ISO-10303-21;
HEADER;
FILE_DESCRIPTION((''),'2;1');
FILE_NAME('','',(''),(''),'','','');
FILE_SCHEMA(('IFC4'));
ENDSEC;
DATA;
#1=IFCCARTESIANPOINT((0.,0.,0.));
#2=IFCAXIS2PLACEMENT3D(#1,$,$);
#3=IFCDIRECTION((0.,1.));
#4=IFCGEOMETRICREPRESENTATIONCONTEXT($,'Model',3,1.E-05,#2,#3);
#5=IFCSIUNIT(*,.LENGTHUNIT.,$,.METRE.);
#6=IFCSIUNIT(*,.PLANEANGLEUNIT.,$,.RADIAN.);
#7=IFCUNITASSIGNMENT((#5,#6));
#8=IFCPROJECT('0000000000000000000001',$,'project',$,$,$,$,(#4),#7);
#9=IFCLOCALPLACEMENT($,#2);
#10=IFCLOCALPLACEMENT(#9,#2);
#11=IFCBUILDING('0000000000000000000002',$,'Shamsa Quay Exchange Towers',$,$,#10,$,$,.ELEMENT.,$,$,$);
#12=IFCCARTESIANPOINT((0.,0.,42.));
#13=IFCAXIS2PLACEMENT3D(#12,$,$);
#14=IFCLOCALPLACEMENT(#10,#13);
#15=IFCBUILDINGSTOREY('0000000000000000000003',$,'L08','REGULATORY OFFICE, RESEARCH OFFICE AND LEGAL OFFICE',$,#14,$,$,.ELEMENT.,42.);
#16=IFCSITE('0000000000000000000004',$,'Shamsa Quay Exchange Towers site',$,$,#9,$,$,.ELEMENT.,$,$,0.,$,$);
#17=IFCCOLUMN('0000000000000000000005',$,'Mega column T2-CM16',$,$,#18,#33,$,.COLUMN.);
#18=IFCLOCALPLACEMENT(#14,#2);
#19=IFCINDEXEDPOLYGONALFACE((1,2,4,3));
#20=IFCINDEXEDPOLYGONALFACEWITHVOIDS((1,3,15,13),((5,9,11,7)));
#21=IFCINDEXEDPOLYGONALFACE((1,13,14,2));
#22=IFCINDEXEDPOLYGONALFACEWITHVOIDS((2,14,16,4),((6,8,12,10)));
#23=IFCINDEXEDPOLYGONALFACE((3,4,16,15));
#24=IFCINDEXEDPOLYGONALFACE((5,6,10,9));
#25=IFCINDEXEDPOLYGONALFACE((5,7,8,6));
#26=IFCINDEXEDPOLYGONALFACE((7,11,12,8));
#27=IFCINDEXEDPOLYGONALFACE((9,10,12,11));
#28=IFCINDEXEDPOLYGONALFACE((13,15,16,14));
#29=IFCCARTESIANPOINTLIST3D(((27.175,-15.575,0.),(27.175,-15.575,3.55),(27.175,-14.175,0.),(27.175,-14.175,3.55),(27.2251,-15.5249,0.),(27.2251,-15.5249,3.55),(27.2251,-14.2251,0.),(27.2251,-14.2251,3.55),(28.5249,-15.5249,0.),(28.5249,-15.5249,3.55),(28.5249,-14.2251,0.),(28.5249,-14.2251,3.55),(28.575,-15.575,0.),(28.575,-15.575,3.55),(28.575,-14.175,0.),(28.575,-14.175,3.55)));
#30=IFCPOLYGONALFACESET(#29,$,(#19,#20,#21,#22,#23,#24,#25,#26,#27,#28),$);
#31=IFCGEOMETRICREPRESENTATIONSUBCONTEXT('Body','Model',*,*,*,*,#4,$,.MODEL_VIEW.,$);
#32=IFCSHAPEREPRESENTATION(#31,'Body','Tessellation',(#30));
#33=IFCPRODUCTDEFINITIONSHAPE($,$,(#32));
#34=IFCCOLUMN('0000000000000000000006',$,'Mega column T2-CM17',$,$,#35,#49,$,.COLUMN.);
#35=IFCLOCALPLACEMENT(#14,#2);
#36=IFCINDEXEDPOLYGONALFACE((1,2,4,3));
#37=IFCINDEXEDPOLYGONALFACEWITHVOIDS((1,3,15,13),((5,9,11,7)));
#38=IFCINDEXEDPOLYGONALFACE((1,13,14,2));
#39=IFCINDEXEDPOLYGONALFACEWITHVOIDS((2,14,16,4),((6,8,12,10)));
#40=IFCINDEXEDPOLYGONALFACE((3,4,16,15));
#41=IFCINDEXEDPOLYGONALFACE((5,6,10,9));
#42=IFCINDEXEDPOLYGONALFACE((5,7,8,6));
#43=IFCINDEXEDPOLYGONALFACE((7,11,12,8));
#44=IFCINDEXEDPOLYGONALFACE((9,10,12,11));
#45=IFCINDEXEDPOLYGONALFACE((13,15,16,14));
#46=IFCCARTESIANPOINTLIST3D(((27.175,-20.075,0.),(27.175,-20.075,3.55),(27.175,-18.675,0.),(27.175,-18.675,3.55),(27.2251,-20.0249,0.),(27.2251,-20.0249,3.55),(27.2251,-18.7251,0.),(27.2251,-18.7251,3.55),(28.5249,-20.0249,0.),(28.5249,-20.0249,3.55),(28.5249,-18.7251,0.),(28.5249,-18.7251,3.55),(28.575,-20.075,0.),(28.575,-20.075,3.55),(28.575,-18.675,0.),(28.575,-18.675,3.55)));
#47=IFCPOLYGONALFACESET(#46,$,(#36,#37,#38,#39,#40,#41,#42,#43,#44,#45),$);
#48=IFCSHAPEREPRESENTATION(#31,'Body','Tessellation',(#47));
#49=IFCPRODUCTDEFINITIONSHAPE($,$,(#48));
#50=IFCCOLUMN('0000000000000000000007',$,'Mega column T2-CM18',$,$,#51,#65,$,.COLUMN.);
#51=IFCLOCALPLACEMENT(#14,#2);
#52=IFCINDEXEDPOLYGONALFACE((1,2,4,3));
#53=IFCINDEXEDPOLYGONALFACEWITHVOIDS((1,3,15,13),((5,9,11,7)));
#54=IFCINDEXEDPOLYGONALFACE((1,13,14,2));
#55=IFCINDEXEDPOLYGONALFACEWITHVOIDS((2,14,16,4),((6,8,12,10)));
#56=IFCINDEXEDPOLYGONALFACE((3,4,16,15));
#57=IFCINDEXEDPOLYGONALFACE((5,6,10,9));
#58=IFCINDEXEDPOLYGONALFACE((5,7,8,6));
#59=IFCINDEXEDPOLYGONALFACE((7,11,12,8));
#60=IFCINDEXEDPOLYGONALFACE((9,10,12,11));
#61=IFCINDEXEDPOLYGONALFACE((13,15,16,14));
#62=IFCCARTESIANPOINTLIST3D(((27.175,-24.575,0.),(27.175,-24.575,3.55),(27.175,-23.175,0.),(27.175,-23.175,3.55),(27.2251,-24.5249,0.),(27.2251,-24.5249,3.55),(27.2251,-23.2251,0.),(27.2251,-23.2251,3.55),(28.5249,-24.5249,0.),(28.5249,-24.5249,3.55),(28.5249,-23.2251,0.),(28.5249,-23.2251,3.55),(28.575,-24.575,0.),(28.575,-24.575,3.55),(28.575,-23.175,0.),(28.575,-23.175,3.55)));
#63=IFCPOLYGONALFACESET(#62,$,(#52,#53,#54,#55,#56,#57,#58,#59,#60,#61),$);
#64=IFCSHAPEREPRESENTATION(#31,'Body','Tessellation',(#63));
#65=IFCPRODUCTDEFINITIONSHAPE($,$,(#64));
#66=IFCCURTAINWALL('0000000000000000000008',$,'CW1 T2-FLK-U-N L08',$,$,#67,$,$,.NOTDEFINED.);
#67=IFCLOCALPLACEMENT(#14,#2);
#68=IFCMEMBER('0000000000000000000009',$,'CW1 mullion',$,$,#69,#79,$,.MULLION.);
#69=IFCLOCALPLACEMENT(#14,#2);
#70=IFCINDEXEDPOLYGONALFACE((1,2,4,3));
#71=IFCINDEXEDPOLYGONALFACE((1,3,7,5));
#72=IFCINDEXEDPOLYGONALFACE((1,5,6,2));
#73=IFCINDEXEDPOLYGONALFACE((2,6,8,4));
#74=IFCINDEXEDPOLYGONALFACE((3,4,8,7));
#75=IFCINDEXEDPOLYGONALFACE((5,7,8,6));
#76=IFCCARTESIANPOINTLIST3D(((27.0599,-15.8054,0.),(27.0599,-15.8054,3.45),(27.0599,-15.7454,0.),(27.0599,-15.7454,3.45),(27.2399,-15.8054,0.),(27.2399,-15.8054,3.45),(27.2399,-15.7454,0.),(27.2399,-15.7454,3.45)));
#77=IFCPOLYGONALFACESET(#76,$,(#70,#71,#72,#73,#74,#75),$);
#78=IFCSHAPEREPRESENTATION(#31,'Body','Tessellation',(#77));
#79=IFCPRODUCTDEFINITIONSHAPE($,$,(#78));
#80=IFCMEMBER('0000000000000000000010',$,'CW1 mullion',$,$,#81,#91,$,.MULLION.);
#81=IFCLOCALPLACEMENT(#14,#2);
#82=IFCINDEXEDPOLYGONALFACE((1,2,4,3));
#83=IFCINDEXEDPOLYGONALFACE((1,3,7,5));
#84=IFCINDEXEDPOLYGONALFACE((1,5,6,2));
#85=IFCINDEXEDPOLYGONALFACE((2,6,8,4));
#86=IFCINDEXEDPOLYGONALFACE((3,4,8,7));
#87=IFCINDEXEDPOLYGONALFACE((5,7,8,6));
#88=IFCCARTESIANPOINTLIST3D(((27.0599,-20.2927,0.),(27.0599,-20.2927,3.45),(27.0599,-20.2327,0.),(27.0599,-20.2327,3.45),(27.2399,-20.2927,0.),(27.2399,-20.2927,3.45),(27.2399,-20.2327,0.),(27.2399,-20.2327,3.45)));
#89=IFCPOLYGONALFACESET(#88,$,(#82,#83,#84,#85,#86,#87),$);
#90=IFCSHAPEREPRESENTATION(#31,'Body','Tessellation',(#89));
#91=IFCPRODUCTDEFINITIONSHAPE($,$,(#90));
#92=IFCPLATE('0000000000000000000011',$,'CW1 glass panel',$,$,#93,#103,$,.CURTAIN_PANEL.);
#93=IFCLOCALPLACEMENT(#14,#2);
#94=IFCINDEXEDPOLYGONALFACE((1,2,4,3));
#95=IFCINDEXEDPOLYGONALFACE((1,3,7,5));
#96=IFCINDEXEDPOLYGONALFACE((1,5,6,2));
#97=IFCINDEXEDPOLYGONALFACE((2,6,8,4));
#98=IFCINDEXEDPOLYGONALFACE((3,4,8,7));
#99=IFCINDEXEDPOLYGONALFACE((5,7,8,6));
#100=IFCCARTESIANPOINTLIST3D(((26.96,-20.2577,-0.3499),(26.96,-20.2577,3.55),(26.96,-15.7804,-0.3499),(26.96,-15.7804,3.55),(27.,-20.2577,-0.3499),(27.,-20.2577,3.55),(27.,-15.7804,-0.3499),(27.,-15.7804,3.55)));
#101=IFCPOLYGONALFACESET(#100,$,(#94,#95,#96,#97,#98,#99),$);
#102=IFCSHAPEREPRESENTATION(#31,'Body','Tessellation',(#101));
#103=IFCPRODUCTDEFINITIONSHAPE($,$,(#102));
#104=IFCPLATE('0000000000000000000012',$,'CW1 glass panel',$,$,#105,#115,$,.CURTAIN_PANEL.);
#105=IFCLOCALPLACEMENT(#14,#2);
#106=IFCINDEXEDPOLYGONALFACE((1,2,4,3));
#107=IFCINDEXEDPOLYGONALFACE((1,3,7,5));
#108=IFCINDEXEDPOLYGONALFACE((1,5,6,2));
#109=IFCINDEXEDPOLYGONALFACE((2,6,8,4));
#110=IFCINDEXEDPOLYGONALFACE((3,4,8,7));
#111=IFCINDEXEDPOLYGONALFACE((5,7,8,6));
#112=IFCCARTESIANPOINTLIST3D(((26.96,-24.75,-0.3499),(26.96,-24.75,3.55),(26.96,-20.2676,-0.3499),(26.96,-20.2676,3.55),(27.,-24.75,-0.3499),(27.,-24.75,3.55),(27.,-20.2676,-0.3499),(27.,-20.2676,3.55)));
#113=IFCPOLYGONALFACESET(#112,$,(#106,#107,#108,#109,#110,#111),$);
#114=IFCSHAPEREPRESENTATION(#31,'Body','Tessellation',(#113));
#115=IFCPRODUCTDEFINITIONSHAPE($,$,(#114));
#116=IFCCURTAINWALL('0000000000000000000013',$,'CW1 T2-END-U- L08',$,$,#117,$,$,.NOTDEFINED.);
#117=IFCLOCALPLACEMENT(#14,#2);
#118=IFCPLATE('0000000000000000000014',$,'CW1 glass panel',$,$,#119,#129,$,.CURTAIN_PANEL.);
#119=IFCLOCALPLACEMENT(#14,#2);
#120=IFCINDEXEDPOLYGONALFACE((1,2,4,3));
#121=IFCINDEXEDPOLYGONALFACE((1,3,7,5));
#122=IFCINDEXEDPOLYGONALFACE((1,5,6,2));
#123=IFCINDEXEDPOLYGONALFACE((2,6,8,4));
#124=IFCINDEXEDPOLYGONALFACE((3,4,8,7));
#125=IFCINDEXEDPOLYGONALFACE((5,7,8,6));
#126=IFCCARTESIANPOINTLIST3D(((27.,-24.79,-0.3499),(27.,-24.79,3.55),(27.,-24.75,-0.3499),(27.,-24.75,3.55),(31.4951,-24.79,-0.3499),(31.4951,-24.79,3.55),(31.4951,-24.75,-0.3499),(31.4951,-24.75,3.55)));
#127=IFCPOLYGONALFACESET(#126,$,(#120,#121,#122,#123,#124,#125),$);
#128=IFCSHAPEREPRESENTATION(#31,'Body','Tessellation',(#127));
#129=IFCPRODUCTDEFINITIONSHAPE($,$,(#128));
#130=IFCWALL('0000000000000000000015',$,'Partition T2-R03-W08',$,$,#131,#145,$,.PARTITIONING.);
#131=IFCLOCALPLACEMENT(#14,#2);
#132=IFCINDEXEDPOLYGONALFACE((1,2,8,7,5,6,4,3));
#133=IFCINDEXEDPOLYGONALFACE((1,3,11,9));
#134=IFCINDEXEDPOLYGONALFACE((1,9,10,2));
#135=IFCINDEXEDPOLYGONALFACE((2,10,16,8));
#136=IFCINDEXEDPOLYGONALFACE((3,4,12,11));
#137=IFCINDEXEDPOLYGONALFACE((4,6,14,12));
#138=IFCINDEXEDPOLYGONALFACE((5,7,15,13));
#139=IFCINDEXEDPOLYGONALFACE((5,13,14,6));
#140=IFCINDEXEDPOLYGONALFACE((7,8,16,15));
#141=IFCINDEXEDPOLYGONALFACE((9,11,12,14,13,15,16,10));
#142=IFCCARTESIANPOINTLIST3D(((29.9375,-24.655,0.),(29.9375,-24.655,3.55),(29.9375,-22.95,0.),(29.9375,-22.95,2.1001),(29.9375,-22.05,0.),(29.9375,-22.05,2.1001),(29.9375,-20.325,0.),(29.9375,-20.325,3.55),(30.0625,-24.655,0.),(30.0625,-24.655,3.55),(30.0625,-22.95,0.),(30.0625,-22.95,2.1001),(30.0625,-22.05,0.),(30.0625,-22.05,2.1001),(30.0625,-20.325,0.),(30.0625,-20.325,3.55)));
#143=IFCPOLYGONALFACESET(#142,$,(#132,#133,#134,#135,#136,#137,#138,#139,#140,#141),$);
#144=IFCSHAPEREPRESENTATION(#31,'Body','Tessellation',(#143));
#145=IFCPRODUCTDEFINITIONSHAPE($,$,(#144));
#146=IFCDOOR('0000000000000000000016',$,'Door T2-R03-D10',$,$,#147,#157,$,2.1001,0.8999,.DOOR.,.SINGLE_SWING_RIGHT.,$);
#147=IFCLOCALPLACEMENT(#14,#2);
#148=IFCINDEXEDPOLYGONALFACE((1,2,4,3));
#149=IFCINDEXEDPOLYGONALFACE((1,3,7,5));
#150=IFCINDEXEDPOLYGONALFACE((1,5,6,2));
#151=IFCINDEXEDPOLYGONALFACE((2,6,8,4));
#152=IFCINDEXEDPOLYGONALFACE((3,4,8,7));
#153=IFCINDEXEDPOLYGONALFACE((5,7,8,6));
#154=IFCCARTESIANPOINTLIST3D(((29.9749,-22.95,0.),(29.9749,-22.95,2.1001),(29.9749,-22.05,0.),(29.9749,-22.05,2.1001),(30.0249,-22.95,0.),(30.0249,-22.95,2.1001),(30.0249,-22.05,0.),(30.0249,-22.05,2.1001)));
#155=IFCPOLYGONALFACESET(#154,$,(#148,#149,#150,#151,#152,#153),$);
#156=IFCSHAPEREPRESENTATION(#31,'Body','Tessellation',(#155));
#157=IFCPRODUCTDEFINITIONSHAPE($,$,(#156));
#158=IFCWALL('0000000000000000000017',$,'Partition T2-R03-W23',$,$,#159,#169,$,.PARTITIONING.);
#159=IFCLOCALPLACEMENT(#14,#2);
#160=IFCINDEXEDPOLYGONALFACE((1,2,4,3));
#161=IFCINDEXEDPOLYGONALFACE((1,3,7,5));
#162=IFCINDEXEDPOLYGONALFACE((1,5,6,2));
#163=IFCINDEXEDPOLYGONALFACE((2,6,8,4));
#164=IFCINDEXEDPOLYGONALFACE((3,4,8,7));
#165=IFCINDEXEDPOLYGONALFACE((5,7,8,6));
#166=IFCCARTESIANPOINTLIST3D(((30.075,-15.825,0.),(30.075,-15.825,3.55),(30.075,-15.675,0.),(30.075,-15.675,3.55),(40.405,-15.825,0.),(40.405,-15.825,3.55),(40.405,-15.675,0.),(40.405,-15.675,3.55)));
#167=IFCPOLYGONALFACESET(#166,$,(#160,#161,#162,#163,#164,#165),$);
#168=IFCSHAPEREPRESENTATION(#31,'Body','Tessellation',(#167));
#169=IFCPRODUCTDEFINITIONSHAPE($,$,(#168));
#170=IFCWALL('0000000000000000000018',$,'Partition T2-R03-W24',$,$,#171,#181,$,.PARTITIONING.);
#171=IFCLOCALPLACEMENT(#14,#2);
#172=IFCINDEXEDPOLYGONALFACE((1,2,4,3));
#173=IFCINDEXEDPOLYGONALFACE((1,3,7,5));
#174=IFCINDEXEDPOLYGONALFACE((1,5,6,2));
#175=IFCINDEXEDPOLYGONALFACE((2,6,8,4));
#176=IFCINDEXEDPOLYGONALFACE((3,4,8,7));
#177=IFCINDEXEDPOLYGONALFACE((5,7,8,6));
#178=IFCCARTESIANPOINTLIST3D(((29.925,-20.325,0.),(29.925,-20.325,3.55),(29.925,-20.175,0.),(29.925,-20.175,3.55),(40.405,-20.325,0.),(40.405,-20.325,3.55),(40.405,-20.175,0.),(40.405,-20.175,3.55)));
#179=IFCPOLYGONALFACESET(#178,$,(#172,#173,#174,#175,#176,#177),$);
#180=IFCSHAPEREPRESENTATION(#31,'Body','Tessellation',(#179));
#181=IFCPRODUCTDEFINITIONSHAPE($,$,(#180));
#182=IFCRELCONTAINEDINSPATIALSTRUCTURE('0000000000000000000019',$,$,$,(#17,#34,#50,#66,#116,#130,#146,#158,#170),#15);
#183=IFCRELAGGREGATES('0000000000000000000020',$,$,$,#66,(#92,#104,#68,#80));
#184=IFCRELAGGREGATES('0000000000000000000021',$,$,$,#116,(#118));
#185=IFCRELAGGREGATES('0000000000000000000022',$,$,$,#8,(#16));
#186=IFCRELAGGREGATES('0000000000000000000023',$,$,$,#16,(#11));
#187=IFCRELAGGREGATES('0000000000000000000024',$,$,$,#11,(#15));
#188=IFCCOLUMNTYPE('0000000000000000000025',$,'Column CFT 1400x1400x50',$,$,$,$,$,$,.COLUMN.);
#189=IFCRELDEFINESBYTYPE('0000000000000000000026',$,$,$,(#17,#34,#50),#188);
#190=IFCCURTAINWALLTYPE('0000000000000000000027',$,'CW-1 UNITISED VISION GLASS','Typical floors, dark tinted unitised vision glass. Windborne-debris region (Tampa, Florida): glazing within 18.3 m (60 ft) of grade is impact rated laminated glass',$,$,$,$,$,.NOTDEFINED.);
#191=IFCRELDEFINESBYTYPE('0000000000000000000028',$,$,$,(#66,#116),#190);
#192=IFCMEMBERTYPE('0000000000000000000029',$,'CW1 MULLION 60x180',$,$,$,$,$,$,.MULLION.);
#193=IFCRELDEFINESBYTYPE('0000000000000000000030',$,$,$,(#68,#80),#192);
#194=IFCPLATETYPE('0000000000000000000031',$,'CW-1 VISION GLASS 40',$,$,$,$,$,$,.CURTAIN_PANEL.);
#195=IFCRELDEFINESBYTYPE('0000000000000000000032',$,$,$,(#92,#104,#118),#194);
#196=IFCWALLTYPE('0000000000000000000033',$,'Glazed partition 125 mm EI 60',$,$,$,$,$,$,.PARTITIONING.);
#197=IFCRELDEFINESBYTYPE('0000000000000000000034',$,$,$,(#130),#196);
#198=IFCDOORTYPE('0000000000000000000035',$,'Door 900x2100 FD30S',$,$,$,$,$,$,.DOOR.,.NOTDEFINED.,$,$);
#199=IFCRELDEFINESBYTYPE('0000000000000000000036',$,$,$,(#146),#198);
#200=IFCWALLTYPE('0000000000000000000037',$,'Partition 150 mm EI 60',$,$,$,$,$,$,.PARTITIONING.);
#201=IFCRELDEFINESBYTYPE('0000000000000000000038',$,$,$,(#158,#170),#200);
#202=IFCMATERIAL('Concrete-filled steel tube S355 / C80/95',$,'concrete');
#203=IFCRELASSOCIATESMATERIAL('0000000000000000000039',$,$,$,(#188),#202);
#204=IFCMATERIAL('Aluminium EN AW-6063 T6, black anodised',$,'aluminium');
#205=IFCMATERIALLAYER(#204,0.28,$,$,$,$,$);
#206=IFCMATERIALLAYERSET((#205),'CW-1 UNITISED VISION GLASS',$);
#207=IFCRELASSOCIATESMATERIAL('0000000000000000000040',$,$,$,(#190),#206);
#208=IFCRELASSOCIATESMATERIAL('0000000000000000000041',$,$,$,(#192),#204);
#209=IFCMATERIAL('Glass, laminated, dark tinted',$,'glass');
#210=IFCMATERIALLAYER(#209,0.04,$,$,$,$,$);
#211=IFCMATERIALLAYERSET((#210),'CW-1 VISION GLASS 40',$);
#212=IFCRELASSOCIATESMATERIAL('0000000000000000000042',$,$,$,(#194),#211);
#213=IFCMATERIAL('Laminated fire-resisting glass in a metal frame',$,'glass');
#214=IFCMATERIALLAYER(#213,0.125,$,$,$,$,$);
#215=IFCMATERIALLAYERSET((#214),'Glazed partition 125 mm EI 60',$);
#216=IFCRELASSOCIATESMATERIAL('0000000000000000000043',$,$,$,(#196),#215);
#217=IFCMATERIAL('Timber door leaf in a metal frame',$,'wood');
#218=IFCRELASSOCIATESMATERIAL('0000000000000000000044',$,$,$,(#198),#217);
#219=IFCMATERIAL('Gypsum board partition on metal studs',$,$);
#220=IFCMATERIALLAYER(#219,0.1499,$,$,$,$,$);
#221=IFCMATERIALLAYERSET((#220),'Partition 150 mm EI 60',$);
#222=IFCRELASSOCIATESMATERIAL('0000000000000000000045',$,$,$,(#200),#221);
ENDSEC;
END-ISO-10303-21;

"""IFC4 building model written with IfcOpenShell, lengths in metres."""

from ifc_helpers import new_model, si_unit, direction, frame, frame_2d, origin, origin_2d, place, context, subcontext, project, spatial, rectangle, hollow_rectangle, extrude, material, layer, layer_set, material_profile, profile_set, type_object, element, fill, aggregate, save


model = new_model("IFC4")

# Units and contexts
model_context = context("Model", 3, precision=1e-05, world=origin(), true_north=direction((0.0, 1.0)))
body_context = subcontext(model_context, "Body", "Model", "MODEL_VIEW")
ifc_project = project(units=[si_unit("LENGTHUNIT", "METRE"), si_unit("PLANEANGLEUNIT", "RADIAN")], contexts=[model_context])

# Site, building, storey
site_placement = place(None, origin())
site = spatial("IfcSite", under=ifc_project, at=site_placement, Name="Shamsa Quay Exchange Towers site", CompositionType="ELEMENT", RefElevation=0.0)
building_placement = place(site_placement, origin())
building = spatial("IfcBuilding", under=site, at=building_placement, Name="Shamsa Quay Exchange Towers", CompositionType="ELEMENT")
storey_placement = place(building_placement, frame((0.0, 0.0, 42.0)))
storey = spatial("IfcBuildingStorey", under=building, at=storey_placement, Name="L08", Description="REGULATORY OFFICE, RESEARCH OFFICE AND LEGAL OFFICE", CompositionType="ELEMENT", Elevation=42.0)

# Columns
ifc_material_1 = material(Name="Concrete-filled steel tube S355 / C80/95", Category="concrete")
ifc_material_profile_1 = material_profile(ifc_material_1, hollow_rectangle(XDim=1.3999, YDim=1.3999, WallThickness=0.05, at=origin_2d()), Name="CFT 1400x1400x50")
ifc_profile_set_1 = profile_set([ifc_material_profile_1], Name="Concrete-filled steel tube S355 / C80/95")
column_type = type_object("IfcColumnType", Name="Column CFT 1400x1400x50", PredefinedType="COLUMN", material=ifc_profile_set_1)
for number, where, name in (
    (1, (27.875, -14.875, 0.0), "Mega column T2-CM16"),
    (2, (27.875, -19.375, 0.0), "Mega column T2-CM17"),
    (3, (27.875, -23.875, 0.0), "Mega column T2-CM18"),
):
    element("IfcColumn", number, at=place(storey_placement, frame(where)), inside=storey, type_object=column_type, Name=name, PredefinedType="COLUMN", context=body_context, shape_type="SweptSolid", body=[
        extrude(hollow_rectangle(XDim=1.3999, YDim=1.3999, WallThickness=0.05, at=origin_2d()), origin(), (0.0, 0.0, 1.0), 3.55),
    ])

# Curtain wall, members, plates
ifc_material_2 = material(Name="Aluminium EN AW-6063 T6, black anodised", Category="aluminium")
ifc_layer_1 = layer(ifc_material_2, 0.28)
ifc_layer_set_1 = layer_set([ifc_layer_1], Name="CW-1 UNITISED VISION GLASS")
curtain_wall_type = type_object("IfcCurtainWallType", Name="CW-1 UNITISED VISION GLASS", Description="Typical floors, dark tinted unitised vision glass. Windborne-debris region (Tampa, Florida): glazing within 18.3 m (60 ft) of grade is impact rated laminated glass", PredefinedType="NOTDEFINED", material=ifc_layer_set_1)
curtain_wall_1_placement = place(storey_placement, origin())
curtain_wall_1 = element("IfcCurtainWall", 4, at=curtain_wall_1_placement, inside=storey, type_object=curtain_wall_type, Name="CW1 T2-FLK-U-N L08", PredefinedType="NOTDEFINED")
ifc_material_profile_2 = material_profile(ifc_material_2, rectangle(XDim=0.1799, YDim=0.0601, at=origin_2d()), Name="MU60x180")
ifc_profile_set_2 = profile_set([ifc_material_profile_2], Name="Aluminium EN AW-6063 T6, black anodised")
member_type = type_object("IfcMemberType", Name="CW1 MULLION 60x180", PredefinedType="MULLION", material=ifc_profile_set_2)
member_1_placement = place(storey_placement, frame((27.1499, -15.7754, 0.0)))
member_1 = element("IfcMember", 5, at=member_1_placement, type_object=member_type, Name="CW1 mullion", PredefinedType="MULLION", context=body_context, shape_type="SweptSolid", body=[
    extrude(rectangle(XDim=0.1799, YDim=0.0601, at=origin_2d()), origin(), (0.0, 0.0, 1.0), 3.45),
])
member_2_placement = place(storey_placement, frame((27.1499, -20.2627, 0.0)))
member_2 = element("IfcMember", 6, at=member_2_placement, type_object=member_type, Name="CW1 mullion", PredefinedType="MULLION", context=body_context, shape_type="SweptSolid", body=[
    extrude(rectangle(XDim=0.1799, YDim=0.0601, at=origin_2d()), origin(), (0.0, 0.0, 1.0), 3.45),
])
ifc_material_3 = material(Name="Glass, laminated, dark tinted", Category="glass")
ifc_layer_2 = layer(ifc_material_3, 0.04)
ifc_layer_set_2 = layer_set([ifc_layer_2], Name="CW-1 VISION GLASS 40")
plate_type = type_object("IfcPlateType", Name="CW-1 VISION GLASS 40", PredefinedType="CURTAIN_PANEL", material=ifc_layer_set_2)
plate_1_placement = place(storey_placement, frame((26.98, -18.019, -0.3499), z_axis=(0.0, 0.0, 1.0), x_axis=(0.0, -1.0, 0.0)))
plate_1 = element("IfcPlate", 7, at=plate_1_placement, type_object=plate_type, Name="CW1 glass panel", PredefinedType="CURTAIN_PANEL", context=body_context, shape_type="SweptSolid", body=[
    extrude(rectangle(XDim=4.4773, YDim=0.04, at=origin_2d()), origin(), (0.0, 0.0, 1.0), 3.8999),
])
plate_2_placement = place(storey_placement, frame((26.98, -22.5088, -0.3499), z_axis=(0.0, 0.0, 1.0), x_axis=(0.0, -1.0, 0.0)))
plate_2 = element("IfcPlate", 8, at=plate_2_placement, type_object=plate_type, Name="CW1 glass panel", PredefinedType="CURTAIN_PANEL", context=body_context, shape_type="SweptSolid", body=[
    extrude(rectangle(XDim=4.4824, YDim=0.04, at=origin_2d()), origin(), (0.0, 0.0, 1.0), 3.8999),
])
aggregate(curtain_wall_1, [plate_1, plate_2, member_1, member_2])

# Curtain wall, plate
curtain_wall_2_placement = place(storey_placement, origin())
curtain_wall_2 = element("IfcCurtainWall", 9, at=curtain_wall_2_placement, inside=storey, type_object=curtain_wall_type, Name="CW1 T2-END-U- L08", PredefinedType="NOTDEFINED")
plate_3_placement = place(storey_placement, frame((29.2476, -24.77, -0.3499)))
plate_3 = element("IfcPlate", 10, at=plate_3_placement, type_object=plate_type, Name="CW1 glass panel", PredefinedType="CURTAIN_PANEL", context=body_context, shape_type="SweptSolid", body=[
    extrude(rectangle(XDim=4.4951, YDim=0.04, at=origin_2d()), origin(), (0.0, 0.0, 1.0), 3.8999),
])
aggregate(curtain_wall_2, [plate_3])

# Wall, opening, door
ifc_material_4 = material(Name="Laminated fire-resisting glass in a metal frame", Category="glass")
ifc_layer_3 = layer(ifc_material_4, 0.125)
ifc_layer_set_3 = layer_set([ifc_layer_3], Name="Glazed partition 125 mm EI 60")
wall_type_1 = type_object("IfcWallType", Name="Glazed partition 125 mm EI 60", PredefinedType="PARTITIONING", material=ifc_layer_set_3)
wall_1_placement = place(storey_placement, frame((30.0, -20.325, 0.0), z_axis=(0.0, 0.0, 1.0), x_axis=(0.0, -1.0, 0.0)))
wall_1 = element("IfcWall", 11, at=wall_1_placement, inside=storey, type_object=wall_type_1, Name="Partition T2-R03-W08", PredefinedType="PARTITIONING", context=body_context, shape_type="SweptSolid", body=[
    extrude(rectangle(XDim=4.3301, YDim=0.125, at=frame_2d((2.165, 0.0))), origin(), (0.0, 0.0, 1.0), 3.55),
])
opening_placement = place(wall_1_placement, frame((1.7251, 0.0, 0.0)))
opening = element("IfcOpeningElement", 12, at=opening_placement, cuts=wall_1, PredefinedType="OPENING", context=body_context, shape_type="SweptSolid", body=[
    extrude(rectangle(XDim=0.8999, YDim=2.1001, at=frame_2d((0.45, 1.05))), frame((0.0, 0.0725, 0.0), z_axis=(0.0, -1.0, 0.0), x_axis=(1.0, 0.0, 0.0)), (0.0, 0.0, 1.0), 0.145),
])
ifc_material_5 = material(Name="Timber door leaf in a metal frame", Category="wood")
door_type = type_object("IfcDoorType", Name="Door 900x2100 FD30S", OperationType="NOTDEFINED", PredefinedType="DOOR", material=ifc_material_5)
door_placement = place(opening_placement, origin())
door = element("IfcDoor", 13, at=door_placement, inside=storey, type_object=door_type, Name="Door T2-R03-D10", OperationType="SINGLE_SWING_RIGHT", OverallHeight=2.1001, OverallWidth=0.8999, PredefinedType="DOOR", context=body_context, shape_type="SweptSolid", body=[
    extrude(rectangle(XDim=0.8999, YDim=2.1001, at=frame_2d((0.45, 1.05))), frame((0.0, 0.0249, 0.0), z_axis=(0.0, -1.0, 0.0), x_axis=(1.0, 0.0, 0.0)), (0.0, 0.0, 1.0), 0.05),
])
fill(opening, door)

# Walls
ifc_material_6 = material(Name="Gypsum board partition on metal studs")
ifc_layer_4 = layer(ifc_material_6, 0.1499)
ifc_layer_set_4 = layer_set([ifc_layer_4], Name="Partition 150 mm EI 60")
wall_type_2 = type_object("IfcWallType", Name="Partition 150 mm EI 60", PredefinedType="PARTITIONING", material=ifc_layer_set_4)
wall_2_placement = place(storey_placement, frame((30.075, -15.75, 0.0)))
element("IfcWall", 14, at=wall_2_placement, inside=storey, type_object=wall_type_2, Name="Partition T2-R03-W23", PredefinedType="PARTITIONING", context=body_context, shape_type="SweptSolid", body=[
    extrude(rectangle(XDim=10.3301, YDim=0.1499, at=frame_2d((5.165, 0.0))), origin(), (0.0, 0.0, 1.0), 3.55),
])
wall_3_placement = place(storey_placement, frame((29.925, -20.25, 0.0)))
element("IfcWall", 15, at=wall_3_placement, inside=storey, type_object=wall_type_2, Name="Partition T2-R03-W24", PredefinedType="PARTITIONING", context=body_context, shape_type="SweptSolid", body=[
    extrude(rectangle(XDim=10.48, YDim=0.1499, at=frame_2d((5.24, 0.0))), origin(), (0.0, 0.0, 1.0), 3.55),
])

save(model, "model.ifc")
